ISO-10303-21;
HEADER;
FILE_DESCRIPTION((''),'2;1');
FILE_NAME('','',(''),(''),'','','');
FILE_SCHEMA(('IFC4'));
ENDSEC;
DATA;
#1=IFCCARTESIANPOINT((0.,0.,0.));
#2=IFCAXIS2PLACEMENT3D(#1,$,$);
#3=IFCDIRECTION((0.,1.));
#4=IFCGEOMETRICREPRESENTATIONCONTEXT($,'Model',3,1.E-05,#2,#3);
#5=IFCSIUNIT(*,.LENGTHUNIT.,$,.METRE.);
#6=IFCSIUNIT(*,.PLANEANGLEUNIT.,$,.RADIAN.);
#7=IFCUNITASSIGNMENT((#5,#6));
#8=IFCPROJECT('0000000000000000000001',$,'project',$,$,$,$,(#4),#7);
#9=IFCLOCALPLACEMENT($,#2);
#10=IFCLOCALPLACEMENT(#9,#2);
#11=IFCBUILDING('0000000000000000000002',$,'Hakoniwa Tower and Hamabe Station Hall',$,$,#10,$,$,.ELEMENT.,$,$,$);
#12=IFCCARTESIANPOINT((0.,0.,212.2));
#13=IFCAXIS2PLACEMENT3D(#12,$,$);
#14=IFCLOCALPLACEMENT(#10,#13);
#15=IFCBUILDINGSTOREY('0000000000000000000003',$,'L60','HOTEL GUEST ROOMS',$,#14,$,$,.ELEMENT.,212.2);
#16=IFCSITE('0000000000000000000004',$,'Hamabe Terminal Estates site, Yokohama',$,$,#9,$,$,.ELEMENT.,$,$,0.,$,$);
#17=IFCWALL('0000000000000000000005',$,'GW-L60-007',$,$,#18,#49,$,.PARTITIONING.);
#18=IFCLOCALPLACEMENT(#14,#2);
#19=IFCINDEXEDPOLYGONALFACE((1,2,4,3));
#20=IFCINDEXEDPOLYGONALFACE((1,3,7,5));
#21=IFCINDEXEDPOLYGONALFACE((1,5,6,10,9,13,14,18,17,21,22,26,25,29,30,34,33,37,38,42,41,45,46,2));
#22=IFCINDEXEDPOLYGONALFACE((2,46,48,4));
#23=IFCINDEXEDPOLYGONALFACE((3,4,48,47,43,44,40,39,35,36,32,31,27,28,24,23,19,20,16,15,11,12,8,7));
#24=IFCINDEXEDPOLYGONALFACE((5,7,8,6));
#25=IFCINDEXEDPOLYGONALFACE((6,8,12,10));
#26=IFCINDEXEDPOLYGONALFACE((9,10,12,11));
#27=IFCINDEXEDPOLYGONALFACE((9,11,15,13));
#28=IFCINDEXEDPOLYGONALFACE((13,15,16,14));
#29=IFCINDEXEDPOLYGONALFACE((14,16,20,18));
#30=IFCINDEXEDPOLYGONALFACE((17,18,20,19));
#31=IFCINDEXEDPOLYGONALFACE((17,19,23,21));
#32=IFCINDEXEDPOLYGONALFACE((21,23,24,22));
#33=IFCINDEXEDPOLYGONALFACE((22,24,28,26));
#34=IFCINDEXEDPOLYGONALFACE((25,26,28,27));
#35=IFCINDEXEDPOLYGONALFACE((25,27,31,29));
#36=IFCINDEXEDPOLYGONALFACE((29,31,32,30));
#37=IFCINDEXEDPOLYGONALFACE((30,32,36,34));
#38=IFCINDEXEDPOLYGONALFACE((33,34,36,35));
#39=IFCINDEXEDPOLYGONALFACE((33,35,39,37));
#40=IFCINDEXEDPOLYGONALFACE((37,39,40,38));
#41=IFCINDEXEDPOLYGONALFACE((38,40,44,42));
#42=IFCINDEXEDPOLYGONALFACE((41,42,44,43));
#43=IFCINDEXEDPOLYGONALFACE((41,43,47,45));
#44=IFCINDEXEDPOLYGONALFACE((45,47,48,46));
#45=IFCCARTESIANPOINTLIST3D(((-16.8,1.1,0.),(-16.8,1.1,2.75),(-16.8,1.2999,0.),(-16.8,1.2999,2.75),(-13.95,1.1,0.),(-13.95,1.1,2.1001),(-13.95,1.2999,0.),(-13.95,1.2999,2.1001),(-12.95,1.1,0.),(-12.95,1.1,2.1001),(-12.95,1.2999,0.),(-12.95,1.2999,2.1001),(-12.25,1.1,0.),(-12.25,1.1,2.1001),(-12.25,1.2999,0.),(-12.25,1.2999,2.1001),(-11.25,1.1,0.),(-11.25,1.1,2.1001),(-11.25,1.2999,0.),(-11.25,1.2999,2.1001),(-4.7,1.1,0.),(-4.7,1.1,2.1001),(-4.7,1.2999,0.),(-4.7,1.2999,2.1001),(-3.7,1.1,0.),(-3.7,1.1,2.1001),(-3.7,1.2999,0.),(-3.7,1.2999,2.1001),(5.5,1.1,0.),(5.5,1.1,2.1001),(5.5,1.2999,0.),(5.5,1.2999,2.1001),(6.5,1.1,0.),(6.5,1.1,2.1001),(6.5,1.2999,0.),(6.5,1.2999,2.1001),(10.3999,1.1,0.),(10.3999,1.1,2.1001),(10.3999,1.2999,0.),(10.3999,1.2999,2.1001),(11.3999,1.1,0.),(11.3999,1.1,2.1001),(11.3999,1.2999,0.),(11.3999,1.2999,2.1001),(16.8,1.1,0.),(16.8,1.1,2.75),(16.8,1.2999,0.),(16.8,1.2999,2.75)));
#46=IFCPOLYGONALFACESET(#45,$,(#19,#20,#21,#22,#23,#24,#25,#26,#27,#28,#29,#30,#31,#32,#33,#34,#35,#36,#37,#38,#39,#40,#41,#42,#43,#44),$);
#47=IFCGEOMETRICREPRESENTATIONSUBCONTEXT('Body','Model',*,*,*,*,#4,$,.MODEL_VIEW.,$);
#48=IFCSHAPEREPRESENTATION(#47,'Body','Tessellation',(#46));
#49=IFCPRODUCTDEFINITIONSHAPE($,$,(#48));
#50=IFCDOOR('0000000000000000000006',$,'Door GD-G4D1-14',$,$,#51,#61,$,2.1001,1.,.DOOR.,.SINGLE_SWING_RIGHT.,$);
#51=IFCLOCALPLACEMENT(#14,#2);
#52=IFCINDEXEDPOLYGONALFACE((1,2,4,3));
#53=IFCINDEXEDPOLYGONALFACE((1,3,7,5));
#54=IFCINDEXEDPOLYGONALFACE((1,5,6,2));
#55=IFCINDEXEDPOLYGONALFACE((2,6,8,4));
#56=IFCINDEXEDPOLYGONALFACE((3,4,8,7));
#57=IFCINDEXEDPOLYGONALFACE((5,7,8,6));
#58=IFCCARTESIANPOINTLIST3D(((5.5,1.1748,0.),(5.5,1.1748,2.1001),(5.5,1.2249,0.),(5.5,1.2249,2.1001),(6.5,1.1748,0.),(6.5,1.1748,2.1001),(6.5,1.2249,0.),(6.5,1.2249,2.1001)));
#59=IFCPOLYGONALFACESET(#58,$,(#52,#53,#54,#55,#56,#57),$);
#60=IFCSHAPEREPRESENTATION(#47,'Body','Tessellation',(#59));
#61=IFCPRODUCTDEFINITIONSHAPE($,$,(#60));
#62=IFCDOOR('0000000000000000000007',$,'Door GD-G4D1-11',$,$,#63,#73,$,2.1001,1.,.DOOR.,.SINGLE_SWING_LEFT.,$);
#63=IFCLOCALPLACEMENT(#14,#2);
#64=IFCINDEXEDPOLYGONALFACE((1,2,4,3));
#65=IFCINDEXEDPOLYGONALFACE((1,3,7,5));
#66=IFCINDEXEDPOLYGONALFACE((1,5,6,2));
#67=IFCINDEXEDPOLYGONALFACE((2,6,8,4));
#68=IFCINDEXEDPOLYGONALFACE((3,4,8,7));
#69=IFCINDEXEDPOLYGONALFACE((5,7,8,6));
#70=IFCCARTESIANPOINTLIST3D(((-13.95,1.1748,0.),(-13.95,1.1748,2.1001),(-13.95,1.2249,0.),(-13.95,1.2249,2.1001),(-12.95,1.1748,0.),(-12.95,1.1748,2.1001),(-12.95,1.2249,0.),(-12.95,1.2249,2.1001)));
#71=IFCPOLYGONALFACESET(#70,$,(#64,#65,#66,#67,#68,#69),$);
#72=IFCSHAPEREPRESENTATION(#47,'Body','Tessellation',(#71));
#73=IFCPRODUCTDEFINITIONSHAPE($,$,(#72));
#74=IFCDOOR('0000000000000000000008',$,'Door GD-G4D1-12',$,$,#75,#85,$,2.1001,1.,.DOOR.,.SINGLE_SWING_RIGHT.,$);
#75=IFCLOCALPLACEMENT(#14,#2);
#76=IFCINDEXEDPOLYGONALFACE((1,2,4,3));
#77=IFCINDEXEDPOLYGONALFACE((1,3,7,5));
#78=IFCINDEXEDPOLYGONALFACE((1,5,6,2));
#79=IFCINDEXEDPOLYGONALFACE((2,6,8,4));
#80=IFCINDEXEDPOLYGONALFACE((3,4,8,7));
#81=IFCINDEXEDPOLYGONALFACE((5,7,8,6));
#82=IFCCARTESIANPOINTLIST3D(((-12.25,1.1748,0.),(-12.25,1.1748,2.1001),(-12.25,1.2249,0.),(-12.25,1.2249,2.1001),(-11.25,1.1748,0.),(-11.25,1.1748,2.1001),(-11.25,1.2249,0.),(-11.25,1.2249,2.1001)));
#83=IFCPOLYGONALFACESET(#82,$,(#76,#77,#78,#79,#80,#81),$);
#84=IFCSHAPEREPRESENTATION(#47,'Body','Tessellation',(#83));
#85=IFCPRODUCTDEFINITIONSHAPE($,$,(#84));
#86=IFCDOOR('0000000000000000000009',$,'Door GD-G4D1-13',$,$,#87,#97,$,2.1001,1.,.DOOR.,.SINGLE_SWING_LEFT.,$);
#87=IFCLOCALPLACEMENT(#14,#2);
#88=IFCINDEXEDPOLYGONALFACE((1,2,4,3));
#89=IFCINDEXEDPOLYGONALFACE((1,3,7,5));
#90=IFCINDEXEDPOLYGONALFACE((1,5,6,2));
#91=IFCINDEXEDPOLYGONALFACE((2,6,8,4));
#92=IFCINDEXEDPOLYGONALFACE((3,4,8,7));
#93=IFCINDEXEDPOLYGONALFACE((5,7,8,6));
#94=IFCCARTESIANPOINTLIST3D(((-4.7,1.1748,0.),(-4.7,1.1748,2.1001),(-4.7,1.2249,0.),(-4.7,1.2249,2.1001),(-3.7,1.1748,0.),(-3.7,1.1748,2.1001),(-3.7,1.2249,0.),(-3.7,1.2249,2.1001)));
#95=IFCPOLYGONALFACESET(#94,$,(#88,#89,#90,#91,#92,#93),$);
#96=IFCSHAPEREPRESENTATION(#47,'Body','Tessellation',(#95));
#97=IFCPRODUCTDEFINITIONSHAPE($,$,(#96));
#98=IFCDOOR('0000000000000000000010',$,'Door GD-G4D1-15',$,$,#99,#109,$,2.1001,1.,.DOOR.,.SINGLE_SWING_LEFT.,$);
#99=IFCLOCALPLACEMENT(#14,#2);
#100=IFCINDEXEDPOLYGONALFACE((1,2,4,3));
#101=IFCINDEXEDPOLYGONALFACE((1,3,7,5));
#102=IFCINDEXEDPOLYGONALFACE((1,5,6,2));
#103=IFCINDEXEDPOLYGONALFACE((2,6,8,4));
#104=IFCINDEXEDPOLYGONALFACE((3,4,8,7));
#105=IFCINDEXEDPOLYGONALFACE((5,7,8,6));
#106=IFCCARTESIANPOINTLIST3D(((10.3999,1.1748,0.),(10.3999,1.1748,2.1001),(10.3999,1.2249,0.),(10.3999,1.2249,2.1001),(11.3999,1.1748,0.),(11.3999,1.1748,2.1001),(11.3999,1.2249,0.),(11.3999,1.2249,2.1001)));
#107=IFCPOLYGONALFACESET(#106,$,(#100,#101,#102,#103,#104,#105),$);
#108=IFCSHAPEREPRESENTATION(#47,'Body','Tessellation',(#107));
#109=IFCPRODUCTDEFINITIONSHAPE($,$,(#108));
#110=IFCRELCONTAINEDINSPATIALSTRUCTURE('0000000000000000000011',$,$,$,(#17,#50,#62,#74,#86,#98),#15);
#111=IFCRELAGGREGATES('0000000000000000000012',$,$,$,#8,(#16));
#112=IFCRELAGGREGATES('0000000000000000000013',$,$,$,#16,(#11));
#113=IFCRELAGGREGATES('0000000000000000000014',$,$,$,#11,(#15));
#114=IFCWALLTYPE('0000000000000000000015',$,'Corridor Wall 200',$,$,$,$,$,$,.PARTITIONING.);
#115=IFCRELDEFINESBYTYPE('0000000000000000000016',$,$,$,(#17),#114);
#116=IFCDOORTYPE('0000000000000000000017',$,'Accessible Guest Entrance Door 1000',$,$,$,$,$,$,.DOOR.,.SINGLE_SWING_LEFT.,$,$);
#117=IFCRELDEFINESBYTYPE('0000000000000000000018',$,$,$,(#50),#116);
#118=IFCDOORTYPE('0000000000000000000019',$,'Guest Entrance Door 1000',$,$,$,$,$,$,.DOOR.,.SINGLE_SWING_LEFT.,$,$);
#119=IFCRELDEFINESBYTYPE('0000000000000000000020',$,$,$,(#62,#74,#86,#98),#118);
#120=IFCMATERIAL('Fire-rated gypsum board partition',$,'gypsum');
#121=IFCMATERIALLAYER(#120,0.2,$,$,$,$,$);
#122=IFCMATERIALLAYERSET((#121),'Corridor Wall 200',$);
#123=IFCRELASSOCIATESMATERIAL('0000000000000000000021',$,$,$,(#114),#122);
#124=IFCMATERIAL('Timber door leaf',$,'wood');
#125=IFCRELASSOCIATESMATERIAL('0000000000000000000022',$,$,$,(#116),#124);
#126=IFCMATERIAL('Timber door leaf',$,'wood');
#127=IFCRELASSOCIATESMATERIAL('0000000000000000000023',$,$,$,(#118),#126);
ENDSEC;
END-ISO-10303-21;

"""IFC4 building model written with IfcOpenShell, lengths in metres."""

from ifc_helpers import new_model, si_unit, direction, frame, frame_2d, origin, place, context, subcontext, project, spatial, rectangle, extrude, material, layer, layer_set, type_object, element, fill, save


model = new_model("IFC4")

# Units and contexts
model_context = context("Model", 3, precision=1e-05, world=origin(), true_north=direction((0.0, 1.0)))
body_context = subcontext(model_context, "Body", "Model", "MODEL_VIEW")
ifc_project = project(units=[si_unit("LENGTHUNIT", "METRE"), si_unit("PLANEANGLEUNIT", "RADIAN")], contexts=[model_context])

# Site, building, storey
site_placement = place(None, origin())
site = spatial("IfcSite", under=ifc_project, at=site_placement, Name="Hamabe Terminal Estates site, Yokohama", CompositionType="ELEMENT", RefElevation=0.0)
building_placement = place(site_placement, origin())
building = spatial("IfcBuilding", under=site, at=building_placement, Name="Hakoniwa Tower and Hamabe Station Hall", CompositionType="ELEMENT")
storey_placement = place(building_placement, frame((0.0, 0.0, 212.2)))
storey = spatial("IfcBuildingStorey", under=building, at=storey_placement, Name="L60", Description="HOTEL GUEST ROOMS", CompositionType="ELEMENT", Elevation=212.2)

# Wall, openings, doors
ifc_material_1 = material(Name="Fire-rated gypsum board partition", Category="gypsum")
ifc_layer_1 = layer(ifc_material_1, 0.2)
ifc_layer_set_1 = layer_set([ifc_layer_1], Name="Corridor Wall 200")
wall_type_1 = type_object("IfcWallType", Name="Corridor Wall 200", PredefinedType="PARTITIONING", material=ifc_layer_set_1)
wall_1_placement = place(storey_placement, frame((-16.8, 1.2, 0.0), z_axis=(0.0, 0.0, 1.0), x_axis=(1.0, 0.0, 0.0)))
wall_1 = element("IfcWall", 1, at=wall_1_placement, inside=storey, type_object=wall_type_1, Name="GW-L60-007", PredefinedType="PARTITIONING", context=body_context, shape_type="SweptSolid", body=[
    extrude(rectangle(XDim=33.6001, YDim=0.2, at=frame_2d((16.8, 0.0))), origin(), (0.0, 0.0, 1.0), 2.75),
])
opening_1_placement = place(wall_1_placement, frame((2.8501, 0.0, 0.0)))
opening_1 = element("IfcOpeningElement", 2, at=opening_1_placement, cuts=wall_1, PredefinedType="OPENING", context=body_context, shape_type="SweptSolid", body=[
    extrude(rectangle(XDim=1.0, YDim=2.1001, at=frame_2d((0.5, 1.05))), frame((0.0, 0.1099, 0.0), z_axis=(0.0, -1.0, 0.0), x_axis=(1.0, 0.0, 0.0)), (0.0, 0.0, 1.0), 0.22),
])
opening_2_placement = place(wall_1_placement, frame((4.55, 0.0, 0.0)))
opening_2 = element("IfcOpeningElement", 3, at=opening_2_placement, cuts=wall_1, PredefinedType="OPENING", context=body_context, shape_type="SweptSolid", body=[
    extrude(rectangle(XDim=1.0, YDim=2.1001, at=frame_2d((0.5, 1.05))), frame((0.0, 0.1099, 0.0), z_axis=(0.0, -1.0, 0.0), x_axis=(1.0, 0.0, 0.0)), (0.0, 0.0, 1.0), 0.22),
])
opening_3_placement = place(wall_1_placement, frame((12.1001, 0.0, 0.0)))
opening_3 = element("IfcOpeningElement", 4, at=opening_3_placement, cuts=wall_1, PredefinedType="OPENING", context=body_context, shape_type="SweptSolid", body=[
    extrude(rectangle(XDim=1.0, YDim=2.1001, at=frame_2d((0.5, 1.05))), frame((0.0, 0.1099, 0.0), z_axis=(0.0, -1.0, 0.0), x_axis=(1.0, 0.0, 0.0)), (0.0, 0.0, 1.0), 0.22),
])
opening_4_placement = place(wall_1_placement, frame((22.3, 0.0, 0.0)))
opening_4 = element("IfcOpeningElement", 5, at=opening_4_placement, cuts=wall_1, PredefinedType="OPENING", context=body_context, shape_type="SweptSolid", body=[
    extrude(rectangle(XDim=1.0, YDim=2.1001, at=frame_2d((0.5, 1.05))), frame((0.0, 0.1099, 0.0), z_axis=(0.0, -1.0, 0.0), x_axis=(1.0, 0.0, 0.0)), (0.0, 0.0, 1.0), 0.22),
])
opening_5_placement = place(wall_1_placement, frame((27.2, 0.0, 0.0)))
opening_5 = element("IfcOpeningElement", 6, at=opening_5_placement, cuts=wall_1, PredefinedType="OPENING", context=body_context, shape_type="SweptSolid", body=[
    extrude(rectangle(XDim=1.0, YDim=2.1001, at=frame_2d((0.5, 1.05))), frame((0.0, 0.1099, 0.0), z_axis=(0.0, -1.0, 0.0), x_axis=(1.0, 0.0, 0.0)), (0.0, 0.0, 1.0), 0.22),
])
ifc_material_2 = material(Name="Timber door leaf", Category="wood")
door_type_1 = type_object("IfcDoorType", Name="Accessible Guest Entrance Door 1000", OperationType="SINGLE_SWING_LEFT", PredefinedType="DOOR", material=ifc_material_2)
door_1_placement = place(opening_4_placement, origin())
door_1 = element("IfcDoor", 7, at=door_1_placement, inside=storey, type_object=door_type_1, Name="Door GD-G4D1-14", OperationType="SINGLE_SWING_RIGHT", OverallHeight=2.1001, OverallWidth=1.0, PredefinedType="DOOR", context=body_context, shape_type="SweptSolid", body=[
    extrude(rectangle(XDim=1.0, YDim=2.1001, at=frame_2d((0.5, 1.05))), frame((0.0, 0.0249, 0.0), z_axis=(0.0, -1.0, 0.0), x_axis=(1.0, 0.0, 0.0)), (0.0, 0.0, 1.0), 0.05),
])
fill(opening_4, door_1)
ifc_material_3 = material(Name="Timber door leaf", Category="wood")
door_type_2 = type_object("IfcDoorType", Name="Guest Entrance Door 1000", OperationType="SINGLE_SWING_LEFT", PredefinedType="DOOR", material=ifc_material_3)
door_2_placement = place(opening_1_placement, origin())
door_2 = element("IfcDoor", 8, at=door_2_placement, inside=storey, type_object=door_type_2, Name="Door GD-G4D1-11", OperationType="SINGLE_SWING_LEFT", OverallHeight=2.1001, OverallWidth=1.0, PredefinedType="DOOR", context=body_context, shape_type="SweptSolid", body=[
    extrude(rectangle(XDim=1.0, YDim=2.1001, at=frame_2d((0.5, 1.05))), frame((0.0, 0.0249, 0.0), z_axis=(0.0, -1.0, 0.0), x_axis=(1.0, 0.0, 0.0)), (0.0, 0.0, 1.0), 0.05),
])
fill(opening_1, door_2)
door_3_placement = place(opening_2_placement, origin())
door_3 = element("IfcDoor", 9, at=door_3_placement, inside=storey, type_object=door_type_2, Name="Door GD-G4D1-12", OperationType="SINGLE_SWING_RIGHT", OverallHeight=2.1001, OverallWidth=1.0, PredefinedType="DOOR", context=body_context, shape_type="SweptSolid", body=[
    extrude(rectangle(XDim=1.0, YDim=2.1001, at=frame_2d((0.5, 1.05))), frame((0.0, 0.0249, 0.0), z_axis=(0.0, -1.0, 0.0), x_axis=(1.0, 0.0, 0.0)), (0.0, 0.0, 1.0), 0.05),
])
fill(opening_2, door_3)
door_4_placement = place(opening_3_placement, origin())
door_4 = element("IfcDoor", 10, at=door_4_placement, inside=storey, type_object=door_type_2, Name="Door GD-G4D1-13", OperationType="SINGLE_SWING_LEFT", OverallHeight=2.1001, OverallWidth=1.0, PredefinedType="DOOR", context=body_context, shape_type="SweptSolid", body=[
    extrude(rectangle(XDim=1.0, YDim=2.1001, at=frame_2d((0.5, 1.05))), frame((0.0, 0.0249, 0.0), z_axis=(0.0, -1.0, 0.0), x_axis=(1.0, 0.0, 0.0)), (0.0, 0.0, 1.0), 0.05),
])
fill(opening_3, door_4)
door_5_placement = place(opening_5_placement, origin())
door_5 = element("IfcDoor", 11, at=door_5_placement, inside=storey, type_object=door_type_2, Name="Door GD-G4D1-15", OperationType="SINGLE_SWING_LEFT", OverallHeight=2.1001, OverallWidth=1.0, PredefinedType="DOOR", context=body_context, shape_type="SweptSolid", body=[
    extrude(rectangle(XDim=1.0, YDim=2.1001, at=frame_2d((0.5, 1.05))), frame((0.0, 0.0249, 0.0), z_axis=(0.0, -1.0, 0.0), x_axis=(1.0, 0.0, 0.0)), (0.0, 0.0, 1.0), 0.05),
])
fill(opening_5, door_5)

save(model, "model.ifc")
